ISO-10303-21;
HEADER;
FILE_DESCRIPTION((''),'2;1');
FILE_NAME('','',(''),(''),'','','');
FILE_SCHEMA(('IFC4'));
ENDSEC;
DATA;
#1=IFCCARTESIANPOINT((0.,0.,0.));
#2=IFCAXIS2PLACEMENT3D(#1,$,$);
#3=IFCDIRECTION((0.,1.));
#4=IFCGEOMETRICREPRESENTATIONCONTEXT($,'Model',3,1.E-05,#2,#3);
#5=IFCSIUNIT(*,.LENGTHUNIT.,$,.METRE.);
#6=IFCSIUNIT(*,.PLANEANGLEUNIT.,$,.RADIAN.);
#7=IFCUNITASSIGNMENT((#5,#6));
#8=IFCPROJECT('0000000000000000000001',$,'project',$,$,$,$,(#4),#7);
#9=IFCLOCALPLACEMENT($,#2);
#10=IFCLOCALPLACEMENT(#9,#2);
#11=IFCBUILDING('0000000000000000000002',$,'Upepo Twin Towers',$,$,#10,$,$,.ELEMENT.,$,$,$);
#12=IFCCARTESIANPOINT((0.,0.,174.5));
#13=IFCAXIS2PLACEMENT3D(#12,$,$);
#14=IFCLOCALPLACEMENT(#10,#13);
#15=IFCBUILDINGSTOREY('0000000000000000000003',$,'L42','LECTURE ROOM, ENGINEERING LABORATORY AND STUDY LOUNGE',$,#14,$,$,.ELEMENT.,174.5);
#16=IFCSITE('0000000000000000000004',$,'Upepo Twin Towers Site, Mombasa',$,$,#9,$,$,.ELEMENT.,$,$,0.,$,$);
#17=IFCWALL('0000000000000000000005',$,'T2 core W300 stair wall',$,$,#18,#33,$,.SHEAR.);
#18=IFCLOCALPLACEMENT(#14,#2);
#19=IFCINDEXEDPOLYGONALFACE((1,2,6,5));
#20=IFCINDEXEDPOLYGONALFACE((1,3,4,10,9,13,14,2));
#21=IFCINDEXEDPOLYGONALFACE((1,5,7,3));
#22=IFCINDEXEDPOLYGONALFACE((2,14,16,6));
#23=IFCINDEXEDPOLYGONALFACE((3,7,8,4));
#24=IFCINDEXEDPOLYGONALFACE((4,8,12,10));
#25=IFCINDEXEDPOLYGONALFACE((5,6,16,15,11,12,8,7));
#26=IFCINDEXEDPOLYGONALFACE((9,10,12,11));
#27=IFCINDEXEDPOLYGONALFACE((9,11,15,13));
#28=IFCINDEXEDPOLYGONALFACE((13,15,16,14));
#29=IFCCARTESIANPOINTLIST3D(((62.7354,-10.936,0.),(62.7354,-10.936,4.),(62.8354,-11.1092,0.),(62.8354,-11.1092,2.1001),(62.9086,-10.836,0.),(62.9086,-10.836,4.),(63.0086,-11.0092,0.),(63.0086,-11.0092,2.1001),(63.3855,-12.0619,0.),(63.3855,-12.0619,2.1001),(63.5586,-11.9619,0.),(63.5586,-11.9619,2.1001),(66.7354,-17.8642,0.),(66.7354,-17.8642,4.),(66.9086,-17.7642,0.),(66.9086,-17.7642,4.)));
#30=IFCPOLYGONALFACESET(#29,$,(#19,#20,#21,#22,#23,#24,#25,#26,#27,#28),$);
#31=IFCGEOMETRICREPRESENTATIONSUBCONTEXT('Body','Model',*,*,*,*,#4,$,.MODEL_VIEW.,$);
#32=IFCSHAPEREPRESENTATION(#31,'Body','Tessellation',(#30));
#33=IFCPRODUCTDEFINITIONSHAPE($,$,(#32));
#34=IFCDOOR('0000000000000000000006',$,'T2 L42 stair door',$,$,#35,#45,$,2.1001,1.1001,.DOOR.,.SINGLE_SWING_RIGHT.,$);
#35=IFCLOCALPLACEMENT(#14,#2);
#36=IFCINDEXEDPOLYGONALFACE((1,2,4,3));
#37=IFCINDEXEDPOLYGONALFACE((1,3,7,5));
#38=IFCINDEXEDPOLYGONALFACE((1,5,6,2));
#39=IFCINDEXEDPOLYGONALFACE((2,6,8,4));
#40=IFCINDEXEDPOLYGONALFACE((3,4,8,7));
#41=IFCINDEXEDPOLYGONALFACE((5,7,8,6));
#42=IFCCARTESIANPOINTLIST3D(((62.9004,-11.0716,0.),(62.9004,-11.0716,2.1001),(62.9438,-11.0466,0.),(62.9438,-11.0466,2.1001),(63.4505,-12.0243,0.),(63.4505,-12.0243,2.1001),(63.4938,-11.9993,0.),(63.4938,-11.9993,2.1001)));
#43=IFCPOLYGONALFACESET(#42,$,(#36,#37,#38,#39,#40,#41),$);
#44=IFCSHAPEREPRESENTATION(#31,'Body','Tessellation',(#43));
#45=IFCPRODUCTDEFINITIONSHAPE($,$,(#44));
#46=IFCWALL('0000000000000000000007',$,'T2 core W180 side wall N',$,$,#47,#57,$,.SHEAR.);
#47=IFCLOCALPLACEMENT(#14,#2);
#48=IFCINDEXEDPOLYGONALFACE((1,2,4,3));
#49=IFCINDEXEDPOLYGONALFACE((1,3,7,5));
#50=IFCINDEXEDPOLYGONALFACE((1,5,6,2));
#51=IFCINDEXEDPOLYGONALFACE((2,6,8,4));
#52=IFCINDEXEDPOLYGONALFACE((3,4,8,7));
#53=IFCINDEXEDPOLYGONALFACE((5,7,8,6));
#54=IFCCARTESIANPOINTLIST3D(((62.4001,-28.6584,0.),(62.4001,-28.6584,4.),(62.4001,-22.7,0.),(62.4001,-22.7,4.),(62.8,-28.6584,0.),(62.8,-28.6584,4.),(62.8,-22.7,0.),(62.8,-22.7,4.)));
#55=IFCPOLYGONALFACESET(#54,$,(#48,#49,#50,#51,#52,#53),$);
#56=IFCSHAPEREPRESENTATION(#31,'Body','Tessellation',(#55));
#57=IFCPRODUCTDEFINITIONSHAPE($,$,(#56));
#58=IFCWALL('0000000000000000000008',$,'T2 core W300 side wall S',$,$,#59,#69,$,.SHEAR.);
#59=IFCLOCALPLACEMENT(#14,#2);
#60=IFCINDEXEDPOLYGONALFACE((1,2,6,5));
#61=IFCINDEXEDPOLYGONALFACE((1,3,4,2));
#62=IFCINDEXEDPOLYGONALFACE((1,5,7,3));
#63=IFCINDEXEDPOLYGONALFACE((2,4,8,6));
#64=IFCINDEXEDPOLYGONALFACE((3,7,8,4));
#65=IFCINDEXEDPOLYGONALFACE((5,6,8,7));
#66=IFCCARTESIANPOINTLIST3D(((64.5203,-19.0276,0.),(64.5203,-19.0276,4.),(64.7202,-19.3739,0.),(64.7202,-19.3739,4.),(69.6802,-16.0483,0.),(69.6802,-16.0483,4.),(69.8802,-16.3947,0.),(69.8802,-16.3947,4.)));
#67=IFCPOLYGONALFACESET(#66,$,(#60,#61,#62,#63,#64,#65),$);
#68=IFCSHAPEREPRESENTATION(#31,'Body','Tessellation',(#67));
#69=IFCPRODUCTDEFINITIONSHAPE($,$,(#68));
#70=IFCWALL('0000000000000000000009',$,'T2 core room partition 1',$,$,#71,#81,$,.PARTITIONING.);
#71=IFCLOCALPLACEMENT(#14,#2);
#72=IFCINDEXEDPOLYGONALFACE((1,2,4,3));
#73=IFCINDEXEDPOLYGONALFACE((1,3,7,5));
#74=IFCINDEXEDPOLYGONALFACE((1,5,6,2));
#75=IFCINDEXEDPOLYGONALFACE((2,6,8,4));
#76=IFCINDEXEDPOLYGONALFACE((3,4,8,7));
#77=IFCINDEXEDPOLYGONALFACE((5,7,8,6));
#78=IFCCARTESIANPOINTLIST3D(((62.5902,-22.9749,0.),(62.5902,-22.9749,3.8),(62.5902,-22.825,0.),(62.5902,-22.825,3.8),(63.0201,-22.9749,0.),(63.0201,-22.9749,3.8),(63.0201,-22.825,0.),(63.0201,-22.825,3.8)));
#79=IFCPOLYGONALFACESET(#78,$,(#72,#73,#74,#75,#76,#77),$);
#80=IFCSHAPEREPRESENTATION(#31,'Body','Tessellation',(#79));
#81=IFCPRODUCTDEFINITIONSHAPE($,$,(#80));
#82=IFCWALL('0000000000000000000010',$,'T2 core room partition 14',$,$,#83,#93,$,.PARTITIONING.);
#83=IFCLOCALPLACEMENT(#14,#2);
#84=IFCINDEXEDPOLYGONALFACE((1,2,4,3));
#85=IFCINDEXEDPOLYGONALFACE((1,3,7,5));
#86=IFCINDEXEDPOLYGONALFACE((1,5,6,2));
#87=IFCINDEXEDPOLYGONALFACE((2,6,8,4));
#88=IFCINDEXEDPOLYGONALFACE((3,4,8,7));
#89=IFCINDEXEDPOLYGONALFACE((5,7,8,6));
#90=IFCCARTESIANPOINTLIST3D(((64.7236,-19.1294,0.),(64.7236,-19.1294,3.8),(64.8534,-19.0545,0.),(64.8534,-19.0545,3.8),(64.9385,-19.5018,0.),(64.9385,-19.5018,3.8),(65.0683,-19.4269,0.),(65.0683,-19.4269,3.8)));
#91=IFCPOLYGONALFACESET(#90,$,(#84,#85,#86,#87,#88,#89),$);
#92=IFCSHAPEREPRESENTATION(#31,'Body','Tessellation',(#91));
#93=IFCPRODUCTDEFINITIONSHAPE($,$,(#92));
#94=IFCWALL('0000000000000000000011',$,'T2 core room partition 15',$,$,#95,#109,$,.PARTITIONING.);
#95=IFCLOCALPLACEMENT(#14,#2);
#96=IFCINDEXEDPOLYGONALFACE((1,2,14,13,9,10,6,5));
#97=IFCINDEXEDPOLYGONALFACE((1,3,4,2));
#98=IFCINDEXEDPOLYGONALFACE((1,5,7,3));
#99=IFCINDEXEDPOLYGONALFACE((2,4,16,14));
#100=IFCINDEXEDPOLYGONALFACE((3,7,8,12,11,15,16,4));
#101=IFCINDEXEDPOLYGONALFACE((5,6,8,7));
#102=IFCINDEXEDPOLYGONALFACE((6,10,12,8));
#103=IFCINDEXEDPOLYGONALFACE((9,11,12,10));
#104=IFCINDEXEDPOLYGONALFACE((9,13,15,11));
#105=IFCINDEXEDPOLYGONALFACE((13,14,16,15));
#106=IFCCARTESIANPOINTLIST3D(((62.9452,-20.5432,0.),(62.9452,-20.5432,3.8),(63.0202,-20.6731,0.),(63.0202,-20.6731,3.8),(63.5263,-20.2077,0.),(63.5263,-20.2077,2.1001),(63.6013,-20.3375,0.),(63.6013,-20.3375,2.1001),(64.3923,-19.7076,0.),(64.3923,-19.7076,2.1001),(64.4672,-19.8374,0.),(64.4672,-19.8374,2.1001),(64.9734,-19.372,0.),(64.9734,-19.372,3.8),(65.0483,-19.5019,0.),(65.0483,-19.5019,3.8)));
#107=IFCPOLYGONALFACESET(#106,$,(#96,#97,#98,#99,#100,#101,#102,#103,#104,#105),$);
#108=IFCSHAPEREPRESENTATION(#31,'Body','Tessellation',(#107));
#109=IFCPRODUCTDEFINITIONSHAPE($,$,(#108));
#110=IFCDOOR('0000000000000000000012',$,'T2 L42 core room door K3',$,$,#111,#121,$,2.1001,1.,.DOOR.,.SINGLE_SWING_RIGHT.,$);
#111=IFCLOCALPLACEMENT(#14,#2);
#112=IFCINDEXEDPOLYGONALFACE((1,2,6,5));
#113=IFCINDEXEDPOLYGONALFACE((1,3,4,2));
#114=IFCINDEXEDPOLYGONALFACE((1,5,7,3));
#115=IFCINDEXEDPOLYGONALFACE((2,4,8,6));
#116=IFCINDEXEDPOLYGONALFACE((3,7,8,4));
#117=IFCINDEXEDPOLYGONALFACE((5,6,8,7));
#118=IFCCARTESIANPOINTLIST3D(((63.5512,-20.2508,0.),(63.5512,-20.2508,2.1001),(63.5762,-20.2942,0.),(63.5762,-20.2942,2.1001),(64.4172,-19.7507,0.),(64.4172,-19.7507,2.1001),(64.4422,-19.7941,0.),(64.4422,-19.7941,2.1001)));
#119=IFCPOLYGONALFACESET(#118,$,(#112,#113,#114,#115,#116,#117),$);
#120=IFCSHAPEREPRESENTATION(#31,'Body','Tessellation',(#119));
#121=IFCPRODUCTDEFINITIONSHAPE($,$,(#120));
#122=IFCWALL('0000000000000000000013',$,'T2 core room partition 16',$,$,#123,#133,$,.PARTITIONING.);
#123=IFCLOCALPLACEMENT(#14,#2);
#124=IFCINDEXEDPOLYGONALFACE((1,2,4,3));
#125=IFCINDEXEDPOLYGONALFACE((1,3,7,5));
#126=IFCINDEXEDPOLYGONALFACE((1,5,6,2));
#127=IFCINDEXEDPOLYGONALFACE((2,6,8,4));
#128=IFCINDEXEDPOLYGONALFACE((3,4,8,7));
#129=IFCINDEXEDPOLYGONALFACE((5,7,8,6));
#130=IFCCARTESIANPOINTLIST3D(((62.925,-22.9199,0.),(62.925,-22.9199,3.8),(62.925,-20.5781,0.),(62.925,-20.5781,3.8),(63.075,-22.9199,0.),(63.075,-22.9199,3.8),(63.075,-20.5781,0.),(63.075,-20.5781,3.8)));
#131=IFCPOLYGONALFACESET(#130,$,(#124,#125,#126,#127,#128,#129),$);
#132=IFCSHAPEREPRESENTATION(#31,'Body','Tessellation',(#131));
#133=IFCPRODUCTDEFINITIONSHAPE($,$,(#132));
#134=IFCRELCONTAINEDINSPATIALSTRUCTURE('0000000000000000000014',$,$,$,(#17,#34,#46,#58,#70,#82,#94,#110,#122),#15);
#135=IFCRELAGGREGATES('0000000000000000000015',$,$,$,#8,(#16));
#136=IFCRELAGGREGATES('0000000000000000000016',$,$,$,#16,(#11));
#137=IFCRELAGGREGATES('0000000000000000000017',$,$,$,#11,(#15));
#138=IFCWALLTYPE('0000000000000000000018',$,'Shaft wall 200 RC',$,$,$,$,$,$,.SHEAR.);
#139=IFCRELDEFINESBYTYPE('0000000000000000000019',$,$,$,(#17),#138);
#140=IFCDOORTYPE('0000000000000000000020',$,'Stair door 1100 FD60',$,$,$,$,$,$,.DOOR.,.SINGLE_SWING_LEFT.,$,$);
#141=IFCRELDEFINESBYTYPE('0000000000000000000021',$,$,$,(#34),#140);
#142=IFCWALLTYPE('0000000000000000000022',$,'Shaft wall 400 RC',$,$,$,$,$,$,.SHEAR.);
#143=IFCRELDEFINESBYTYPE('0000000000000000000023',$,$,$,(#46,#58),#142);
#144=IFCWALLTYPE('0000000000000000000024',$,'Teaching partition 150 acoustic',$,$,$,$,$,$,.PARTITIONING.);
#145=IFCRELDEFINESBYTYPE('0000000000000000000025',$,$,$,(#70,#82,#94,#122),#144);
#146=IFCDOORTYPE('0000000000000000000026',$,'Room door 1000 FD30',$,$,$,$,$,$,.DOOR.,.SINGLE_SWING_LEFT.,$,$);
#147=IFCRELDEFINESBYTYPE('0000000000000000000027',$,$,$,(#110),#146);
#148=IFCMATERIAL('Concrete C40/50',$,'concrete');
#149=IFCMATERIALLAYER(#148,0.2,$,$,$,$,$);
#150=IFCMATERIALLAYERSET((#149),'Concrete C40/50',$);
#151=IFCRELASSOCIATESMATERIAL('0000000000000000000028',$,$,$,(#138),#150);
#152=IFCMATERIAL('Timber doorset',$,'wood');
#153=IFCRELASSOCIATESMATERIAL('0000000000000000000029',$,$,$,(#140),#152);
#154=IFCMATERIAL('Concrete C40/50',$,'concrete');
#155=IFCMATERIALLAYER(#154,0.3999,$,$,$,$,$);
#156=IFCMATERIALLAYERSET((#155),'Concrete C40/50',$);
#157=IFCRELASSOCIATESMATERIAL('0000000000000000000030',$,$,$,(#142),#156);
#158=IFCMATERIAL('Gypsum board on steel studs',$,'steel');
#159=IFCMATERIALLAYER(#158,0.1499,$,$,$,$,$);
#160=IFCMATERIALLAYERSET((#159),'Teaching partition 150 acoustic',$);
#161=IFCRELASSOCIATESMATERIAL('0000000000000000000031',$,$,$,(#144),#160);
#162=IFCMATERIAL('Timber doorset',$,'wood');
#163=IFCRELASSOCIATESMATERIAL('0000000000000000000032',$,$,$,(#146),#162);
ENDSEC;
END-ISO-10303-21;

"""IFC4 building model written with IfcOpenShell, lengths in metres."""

from ifc_helpers import new_model, si_unit, direction, frame, frame_2d, origin, place, context, subcontext, project, spatial, rectangle, extrude, material, layer, layer_set, type_object, element, fill, save


model = new_model("IFC4")

# Units and contexts
model_context = context("Model", 3, precision=1e-05, world=origin(), true_north=direction((0.0, 1.0)))
body_context = subcontext(model_context, "Body", "Model", "MODEL_VIEW")
ifc_project = project(units=[si_unit("LENGTHUNIT", "METRE"), si_unit("PLANEANGLEUNIT", "RADIAN")], contexts=[model_context])

# Site, building, storey
site_placement = place(None, origin())
site = spatial("IfcSite", under=ifc_project, at=site_placement, Name="Upepo Twin Towers Site, Mombasa", CompositionType="ELEMENT", RefElevation=0.0)
building_placement = place(site_placement, origin())
building = spatial("IfcBuilding", under=site, at=building_placement, Name="Upepo Twin Towers", CompositionType="ELEMENT")
storey_placement = place(building_placement, frame((0.0, 0.0, 174.5)))
storey = spatial("IfcBuildingStorey", under=building, at=storey_placement, Name="L42", Description="LECTURE ROOM, ENGINEERING LABORATORY AND STUDY LOUNGE", CompositionType="ELEMENT", Elevation=174.5)

# Shared definitions
ifc_material_1 = material(Name="Concrete C40/50", Category="concrete")
ifc_layer_1 = layer(ifc_material_1, 0.2)
ifc_layer_set_1 = layer_set([ifc_layer_1], Name="Concrete C40/50")
wall_type_1 = type_object("IfcWallType", Name="Shaft wall 200 RC", PredefinedType="SHEAR", material=ifc_layer_set_1)

# Wall, opening, door
wall_1_placement = place(storey_placement, frame((66.822, -17.8142, 0.0), z_axis=(0.0, 0.0, 1.0), x_axis=(-0.499999, 0.866026, 0.0)))
wall_1 = element("IfcWall", 1, at=wall_1_placement, inside=storey, type_object=wall_type_1, Name="T2 core W300 stair wall", PredefinedType="SHEAR", context=body_context, shape_type="SweptSolid", body=[
    extrude(rectangle(XDim=8.0, YDim=0.2, at=frame_2d((4.0, 0.0))), origin(), (0.0, 0.0, 1.0), 4.0),
])
opening_1_placement = place(wall_1_placement, frame((6.7, 0.0, 0.0)))
opening_1 = element("IfcOpeningElement", 2, at=opening_1_placement, cuts=wall_1, PredefinedType="OPENING", context=body_context, shape_type="SweptSolid", body=[
    extrude(rectangle(XDim=1.1001, YDim=2.1001, at=frame_2d((0.55, 1.05))), frame((0.0, 0.1099, 0.0), z_axis=(0.0, -1.0, 0.0), x_axis=(1.0, 0.0, 0.0)), (0.0, 0.0, 1.0), 0.22),
])
ifc_material_2 = material(Name="Timber doorset", Category="wood")
door_type_1 = type_object("IfcDoorType", Name="Stair door 1100 FD60", OperationType="SINGLE_SWING_LEFT", PredefinedType="DOOR", material=ifc_material_2)
door_1_placement = place(opening_1_placement, origin())
door_1 = element("IfcDoor", 3, at=door_1_placement, inside=storey, type_object=door_type_1, Name="T2 L42 stair door", OperationType="SINGLE_SWING_RIGHT", OverallHeight=2.1001, OverallWidth=1.1001, PredefinedType="DOOR", context=body_context, shape_type="SweptSolid", body=[
    extrude(rectangle(XDim=1.1001, YDim=2.1001, at=frame_2d((0.55, 1.05))), frame((0.0, 0.0249, 0.0), z_axis=(0.0, -1.0, 0.0), x_axis=(1.0, 0.0, 0.0)), (0.0, 0.0, 1.0), 0.05),
])
fill(opening_1, door_1)

# Walls
ifc_material_3 = material(Name="Concrete C40/50", Category="concrete")
ifc_layer_2 = layer(ifc_material_3, 0.3999)
ifc_layer_set_2 = layer_set([ifc_layer_2], Name="Concrete C40/50")
wall_type_2 = type_object("IfcWallType", Name="Shaft wall 400 RC", PredefinedType="SHEAR", material=ifc_layer_set_2)
wall_2_placement = place(storey_placement, frame((62.6001, -22.7, 0.0), z_axis=(0.0, 0.0, 1.0), x_axis=(0.0, -1.0, 0.0)))
element("IfcWall", 4, at=wall_2_placement, inside=storey, type_object=wall_type_2, Name="T2 core W180 side wall N", PredefinedType="SHEAR", context=body_context, shape_type="SweptSolid", body=[
    extrude(rectangle(XDim=5.9585, YDim=0.3999, at=frame_2d((2.9792, 0.0))), origin(), (0.0, 0.0, 1.0), 4.0),
])
wall_3_placement = place(storey_placement, frame((64.6204, -19.2007, 0.0), z_axis=(0.0, 0.0, 1.0), x_axis=(0.866013, 0.500022, 0.0)))
element("IfcWall", 5, at=wall_3_placement, inside=storey, type_object=wall_type_2, Name="T2 core W300 side wall S", PredefinedType="SHEAR", context=body_context, shape_type="SweptSolid", body=[
    extrude(rectangle(XDim=5.9583, YDim=0.3999, at=frame_2d((2.979, 0.0))), origin(), (0.0, 0.0, 1.0), 4.0),
])
ifc_material_4 = material(Name="Gypsum board on steel studs", Category="steel")
ifc_layer_3 = layer(ifc_material_4, 0.1499)
ifc_layer_set_3 = layer_set([ifc_layer_3], Name="Teaching partition 150 acoustic")
wall_type_3 = type_object("IfcWallType", Name="Teaching partition 150 acoustic", PredefinedType="PARTITIONING", material=ifc_layer_set_3)
for number, where, z_axis, x_axis, name in (
    (6, (63.02, -22.8999, 0.0), (0.0, 0.0, 1.0), (-1.0, 0.0, 0.0), "T2 core room partition 1"),
    (7, (64.7886, -19.092, 0.0), (0.0, 0.0, 1.0), (0.499804, -0.866138, 0.0), "T2 core room partition 14"),
):
    element("IfcWall", number, at=place(storey_placement, frame(where, z_axis=z_axis, x_axis=x_axis)), inside=storey, type_object=wall_type_3, Name=name, PredefinedType="PARTITIONING", context=body_context, shape_type="SweptSolid", body=[
        extrude(rectangle(XDim=0.4299, YDim=0.1499, at=frame_2d((0.2148, 0.0))), origin(), (0.0, 0.0, 1.0), 3.8),
    ])

# Wall, opening, door
wall_4_placement = place(storey_placement, frame((65.0107, -19.437, 0.0), z_axis=(0.0, 0.0, 1.0), x_axis=(-0.865982, -0.500074, 0.0)))
wall_4 = element("IfcWall", 8, at=wall_4_placement, inside=storey, type_object=wall_type_3, Name="T2 core room partition 15", PredefinedType="PARTITIONING", context=body_context, shape_type="SweptSolid", body=[
    extrude(rectangle(XDim=2.342, YDim=0.1499, at=frame_2d((1.1709, 0.0))), origin(), (0.0, 0.0, 1.0), 3.8),
])
opening_2_placement = place(wall_4_placement, frame((0.6709, 0.0, 0.0)))
opening_2 = element("IfcOpeningElement", 9, at=opening_2_placement, cuts=wall_4, PredefinedType="OPENING", context=body_context, shape_type="SweptSolid", body=[
    extrude(rectangle(XDim=1.0, YDim=2.1001, at=frame_2d((0.5, 1.05))), frame((0.0, 0.085, 0.0), z_axis=(0.0, -1.0, 0.0), x_axis=(1.0, 0.0, 0.0)), (0.0, 0.0, 1.0), 0.1699),
])
ifc_material_5 = material(Name="Timber doorset", Category="wood")
door_type_2 = type_object("IfcDoorType", Name="Room door 1000 FD30", OperationType="SINGLE_SWING_LEFT", PredefinedType="DOOR", material=ifc_material_5)
door_2_placement = place(opening_2_placement, origin())
door_2 = element("IfcDoor", 10, at=door_2_placement, inside=storey, type_object=door_type_2, Name="T2 L42 core room door K3", OperationType="SINGLE_SWING_RIGHT", OverallHeight=2.1001, OverallWidth=1.0, PredefinedType="DOOR", context=body_context, shape_type="SweptSolid", body=[
    extrude(rectangle(XDim=1.0, YDim=2.1001, at=frame_2d((0.5, 1.05))), frame((0.0, 0.0249, 0.0), z_axis=(0.0, -1.0, 0.0), x_axis=(1.0, 0.0, 0.0)), (0.0, 0.0, 1.0), 0.05),
])
fill(opening_2, door_2)

# Wall
wall_5_placement = place(storey_placement, frame((63.0, -20.5781, 0.0), z_axis=(0.0, 0.0, 1.0), x_axis=(0.0, -1.0, 0.0)))
element("IfcWall", 11, at=wall_5_placement, inside=storey, type_object=wall_type_3, Name="T2 core room partition 16", PredefinedType="PARTITIONING", context=body_context, shape_type="SweptSolid", body=[
    extrude(rectangle(XDim=2.3418, YDim=0.1499, at=frame_2d((1.1709, 0.0))), origin(), (0.0, 0.0, 1.0), 3.8),
])

save(model, "model.ifc")
